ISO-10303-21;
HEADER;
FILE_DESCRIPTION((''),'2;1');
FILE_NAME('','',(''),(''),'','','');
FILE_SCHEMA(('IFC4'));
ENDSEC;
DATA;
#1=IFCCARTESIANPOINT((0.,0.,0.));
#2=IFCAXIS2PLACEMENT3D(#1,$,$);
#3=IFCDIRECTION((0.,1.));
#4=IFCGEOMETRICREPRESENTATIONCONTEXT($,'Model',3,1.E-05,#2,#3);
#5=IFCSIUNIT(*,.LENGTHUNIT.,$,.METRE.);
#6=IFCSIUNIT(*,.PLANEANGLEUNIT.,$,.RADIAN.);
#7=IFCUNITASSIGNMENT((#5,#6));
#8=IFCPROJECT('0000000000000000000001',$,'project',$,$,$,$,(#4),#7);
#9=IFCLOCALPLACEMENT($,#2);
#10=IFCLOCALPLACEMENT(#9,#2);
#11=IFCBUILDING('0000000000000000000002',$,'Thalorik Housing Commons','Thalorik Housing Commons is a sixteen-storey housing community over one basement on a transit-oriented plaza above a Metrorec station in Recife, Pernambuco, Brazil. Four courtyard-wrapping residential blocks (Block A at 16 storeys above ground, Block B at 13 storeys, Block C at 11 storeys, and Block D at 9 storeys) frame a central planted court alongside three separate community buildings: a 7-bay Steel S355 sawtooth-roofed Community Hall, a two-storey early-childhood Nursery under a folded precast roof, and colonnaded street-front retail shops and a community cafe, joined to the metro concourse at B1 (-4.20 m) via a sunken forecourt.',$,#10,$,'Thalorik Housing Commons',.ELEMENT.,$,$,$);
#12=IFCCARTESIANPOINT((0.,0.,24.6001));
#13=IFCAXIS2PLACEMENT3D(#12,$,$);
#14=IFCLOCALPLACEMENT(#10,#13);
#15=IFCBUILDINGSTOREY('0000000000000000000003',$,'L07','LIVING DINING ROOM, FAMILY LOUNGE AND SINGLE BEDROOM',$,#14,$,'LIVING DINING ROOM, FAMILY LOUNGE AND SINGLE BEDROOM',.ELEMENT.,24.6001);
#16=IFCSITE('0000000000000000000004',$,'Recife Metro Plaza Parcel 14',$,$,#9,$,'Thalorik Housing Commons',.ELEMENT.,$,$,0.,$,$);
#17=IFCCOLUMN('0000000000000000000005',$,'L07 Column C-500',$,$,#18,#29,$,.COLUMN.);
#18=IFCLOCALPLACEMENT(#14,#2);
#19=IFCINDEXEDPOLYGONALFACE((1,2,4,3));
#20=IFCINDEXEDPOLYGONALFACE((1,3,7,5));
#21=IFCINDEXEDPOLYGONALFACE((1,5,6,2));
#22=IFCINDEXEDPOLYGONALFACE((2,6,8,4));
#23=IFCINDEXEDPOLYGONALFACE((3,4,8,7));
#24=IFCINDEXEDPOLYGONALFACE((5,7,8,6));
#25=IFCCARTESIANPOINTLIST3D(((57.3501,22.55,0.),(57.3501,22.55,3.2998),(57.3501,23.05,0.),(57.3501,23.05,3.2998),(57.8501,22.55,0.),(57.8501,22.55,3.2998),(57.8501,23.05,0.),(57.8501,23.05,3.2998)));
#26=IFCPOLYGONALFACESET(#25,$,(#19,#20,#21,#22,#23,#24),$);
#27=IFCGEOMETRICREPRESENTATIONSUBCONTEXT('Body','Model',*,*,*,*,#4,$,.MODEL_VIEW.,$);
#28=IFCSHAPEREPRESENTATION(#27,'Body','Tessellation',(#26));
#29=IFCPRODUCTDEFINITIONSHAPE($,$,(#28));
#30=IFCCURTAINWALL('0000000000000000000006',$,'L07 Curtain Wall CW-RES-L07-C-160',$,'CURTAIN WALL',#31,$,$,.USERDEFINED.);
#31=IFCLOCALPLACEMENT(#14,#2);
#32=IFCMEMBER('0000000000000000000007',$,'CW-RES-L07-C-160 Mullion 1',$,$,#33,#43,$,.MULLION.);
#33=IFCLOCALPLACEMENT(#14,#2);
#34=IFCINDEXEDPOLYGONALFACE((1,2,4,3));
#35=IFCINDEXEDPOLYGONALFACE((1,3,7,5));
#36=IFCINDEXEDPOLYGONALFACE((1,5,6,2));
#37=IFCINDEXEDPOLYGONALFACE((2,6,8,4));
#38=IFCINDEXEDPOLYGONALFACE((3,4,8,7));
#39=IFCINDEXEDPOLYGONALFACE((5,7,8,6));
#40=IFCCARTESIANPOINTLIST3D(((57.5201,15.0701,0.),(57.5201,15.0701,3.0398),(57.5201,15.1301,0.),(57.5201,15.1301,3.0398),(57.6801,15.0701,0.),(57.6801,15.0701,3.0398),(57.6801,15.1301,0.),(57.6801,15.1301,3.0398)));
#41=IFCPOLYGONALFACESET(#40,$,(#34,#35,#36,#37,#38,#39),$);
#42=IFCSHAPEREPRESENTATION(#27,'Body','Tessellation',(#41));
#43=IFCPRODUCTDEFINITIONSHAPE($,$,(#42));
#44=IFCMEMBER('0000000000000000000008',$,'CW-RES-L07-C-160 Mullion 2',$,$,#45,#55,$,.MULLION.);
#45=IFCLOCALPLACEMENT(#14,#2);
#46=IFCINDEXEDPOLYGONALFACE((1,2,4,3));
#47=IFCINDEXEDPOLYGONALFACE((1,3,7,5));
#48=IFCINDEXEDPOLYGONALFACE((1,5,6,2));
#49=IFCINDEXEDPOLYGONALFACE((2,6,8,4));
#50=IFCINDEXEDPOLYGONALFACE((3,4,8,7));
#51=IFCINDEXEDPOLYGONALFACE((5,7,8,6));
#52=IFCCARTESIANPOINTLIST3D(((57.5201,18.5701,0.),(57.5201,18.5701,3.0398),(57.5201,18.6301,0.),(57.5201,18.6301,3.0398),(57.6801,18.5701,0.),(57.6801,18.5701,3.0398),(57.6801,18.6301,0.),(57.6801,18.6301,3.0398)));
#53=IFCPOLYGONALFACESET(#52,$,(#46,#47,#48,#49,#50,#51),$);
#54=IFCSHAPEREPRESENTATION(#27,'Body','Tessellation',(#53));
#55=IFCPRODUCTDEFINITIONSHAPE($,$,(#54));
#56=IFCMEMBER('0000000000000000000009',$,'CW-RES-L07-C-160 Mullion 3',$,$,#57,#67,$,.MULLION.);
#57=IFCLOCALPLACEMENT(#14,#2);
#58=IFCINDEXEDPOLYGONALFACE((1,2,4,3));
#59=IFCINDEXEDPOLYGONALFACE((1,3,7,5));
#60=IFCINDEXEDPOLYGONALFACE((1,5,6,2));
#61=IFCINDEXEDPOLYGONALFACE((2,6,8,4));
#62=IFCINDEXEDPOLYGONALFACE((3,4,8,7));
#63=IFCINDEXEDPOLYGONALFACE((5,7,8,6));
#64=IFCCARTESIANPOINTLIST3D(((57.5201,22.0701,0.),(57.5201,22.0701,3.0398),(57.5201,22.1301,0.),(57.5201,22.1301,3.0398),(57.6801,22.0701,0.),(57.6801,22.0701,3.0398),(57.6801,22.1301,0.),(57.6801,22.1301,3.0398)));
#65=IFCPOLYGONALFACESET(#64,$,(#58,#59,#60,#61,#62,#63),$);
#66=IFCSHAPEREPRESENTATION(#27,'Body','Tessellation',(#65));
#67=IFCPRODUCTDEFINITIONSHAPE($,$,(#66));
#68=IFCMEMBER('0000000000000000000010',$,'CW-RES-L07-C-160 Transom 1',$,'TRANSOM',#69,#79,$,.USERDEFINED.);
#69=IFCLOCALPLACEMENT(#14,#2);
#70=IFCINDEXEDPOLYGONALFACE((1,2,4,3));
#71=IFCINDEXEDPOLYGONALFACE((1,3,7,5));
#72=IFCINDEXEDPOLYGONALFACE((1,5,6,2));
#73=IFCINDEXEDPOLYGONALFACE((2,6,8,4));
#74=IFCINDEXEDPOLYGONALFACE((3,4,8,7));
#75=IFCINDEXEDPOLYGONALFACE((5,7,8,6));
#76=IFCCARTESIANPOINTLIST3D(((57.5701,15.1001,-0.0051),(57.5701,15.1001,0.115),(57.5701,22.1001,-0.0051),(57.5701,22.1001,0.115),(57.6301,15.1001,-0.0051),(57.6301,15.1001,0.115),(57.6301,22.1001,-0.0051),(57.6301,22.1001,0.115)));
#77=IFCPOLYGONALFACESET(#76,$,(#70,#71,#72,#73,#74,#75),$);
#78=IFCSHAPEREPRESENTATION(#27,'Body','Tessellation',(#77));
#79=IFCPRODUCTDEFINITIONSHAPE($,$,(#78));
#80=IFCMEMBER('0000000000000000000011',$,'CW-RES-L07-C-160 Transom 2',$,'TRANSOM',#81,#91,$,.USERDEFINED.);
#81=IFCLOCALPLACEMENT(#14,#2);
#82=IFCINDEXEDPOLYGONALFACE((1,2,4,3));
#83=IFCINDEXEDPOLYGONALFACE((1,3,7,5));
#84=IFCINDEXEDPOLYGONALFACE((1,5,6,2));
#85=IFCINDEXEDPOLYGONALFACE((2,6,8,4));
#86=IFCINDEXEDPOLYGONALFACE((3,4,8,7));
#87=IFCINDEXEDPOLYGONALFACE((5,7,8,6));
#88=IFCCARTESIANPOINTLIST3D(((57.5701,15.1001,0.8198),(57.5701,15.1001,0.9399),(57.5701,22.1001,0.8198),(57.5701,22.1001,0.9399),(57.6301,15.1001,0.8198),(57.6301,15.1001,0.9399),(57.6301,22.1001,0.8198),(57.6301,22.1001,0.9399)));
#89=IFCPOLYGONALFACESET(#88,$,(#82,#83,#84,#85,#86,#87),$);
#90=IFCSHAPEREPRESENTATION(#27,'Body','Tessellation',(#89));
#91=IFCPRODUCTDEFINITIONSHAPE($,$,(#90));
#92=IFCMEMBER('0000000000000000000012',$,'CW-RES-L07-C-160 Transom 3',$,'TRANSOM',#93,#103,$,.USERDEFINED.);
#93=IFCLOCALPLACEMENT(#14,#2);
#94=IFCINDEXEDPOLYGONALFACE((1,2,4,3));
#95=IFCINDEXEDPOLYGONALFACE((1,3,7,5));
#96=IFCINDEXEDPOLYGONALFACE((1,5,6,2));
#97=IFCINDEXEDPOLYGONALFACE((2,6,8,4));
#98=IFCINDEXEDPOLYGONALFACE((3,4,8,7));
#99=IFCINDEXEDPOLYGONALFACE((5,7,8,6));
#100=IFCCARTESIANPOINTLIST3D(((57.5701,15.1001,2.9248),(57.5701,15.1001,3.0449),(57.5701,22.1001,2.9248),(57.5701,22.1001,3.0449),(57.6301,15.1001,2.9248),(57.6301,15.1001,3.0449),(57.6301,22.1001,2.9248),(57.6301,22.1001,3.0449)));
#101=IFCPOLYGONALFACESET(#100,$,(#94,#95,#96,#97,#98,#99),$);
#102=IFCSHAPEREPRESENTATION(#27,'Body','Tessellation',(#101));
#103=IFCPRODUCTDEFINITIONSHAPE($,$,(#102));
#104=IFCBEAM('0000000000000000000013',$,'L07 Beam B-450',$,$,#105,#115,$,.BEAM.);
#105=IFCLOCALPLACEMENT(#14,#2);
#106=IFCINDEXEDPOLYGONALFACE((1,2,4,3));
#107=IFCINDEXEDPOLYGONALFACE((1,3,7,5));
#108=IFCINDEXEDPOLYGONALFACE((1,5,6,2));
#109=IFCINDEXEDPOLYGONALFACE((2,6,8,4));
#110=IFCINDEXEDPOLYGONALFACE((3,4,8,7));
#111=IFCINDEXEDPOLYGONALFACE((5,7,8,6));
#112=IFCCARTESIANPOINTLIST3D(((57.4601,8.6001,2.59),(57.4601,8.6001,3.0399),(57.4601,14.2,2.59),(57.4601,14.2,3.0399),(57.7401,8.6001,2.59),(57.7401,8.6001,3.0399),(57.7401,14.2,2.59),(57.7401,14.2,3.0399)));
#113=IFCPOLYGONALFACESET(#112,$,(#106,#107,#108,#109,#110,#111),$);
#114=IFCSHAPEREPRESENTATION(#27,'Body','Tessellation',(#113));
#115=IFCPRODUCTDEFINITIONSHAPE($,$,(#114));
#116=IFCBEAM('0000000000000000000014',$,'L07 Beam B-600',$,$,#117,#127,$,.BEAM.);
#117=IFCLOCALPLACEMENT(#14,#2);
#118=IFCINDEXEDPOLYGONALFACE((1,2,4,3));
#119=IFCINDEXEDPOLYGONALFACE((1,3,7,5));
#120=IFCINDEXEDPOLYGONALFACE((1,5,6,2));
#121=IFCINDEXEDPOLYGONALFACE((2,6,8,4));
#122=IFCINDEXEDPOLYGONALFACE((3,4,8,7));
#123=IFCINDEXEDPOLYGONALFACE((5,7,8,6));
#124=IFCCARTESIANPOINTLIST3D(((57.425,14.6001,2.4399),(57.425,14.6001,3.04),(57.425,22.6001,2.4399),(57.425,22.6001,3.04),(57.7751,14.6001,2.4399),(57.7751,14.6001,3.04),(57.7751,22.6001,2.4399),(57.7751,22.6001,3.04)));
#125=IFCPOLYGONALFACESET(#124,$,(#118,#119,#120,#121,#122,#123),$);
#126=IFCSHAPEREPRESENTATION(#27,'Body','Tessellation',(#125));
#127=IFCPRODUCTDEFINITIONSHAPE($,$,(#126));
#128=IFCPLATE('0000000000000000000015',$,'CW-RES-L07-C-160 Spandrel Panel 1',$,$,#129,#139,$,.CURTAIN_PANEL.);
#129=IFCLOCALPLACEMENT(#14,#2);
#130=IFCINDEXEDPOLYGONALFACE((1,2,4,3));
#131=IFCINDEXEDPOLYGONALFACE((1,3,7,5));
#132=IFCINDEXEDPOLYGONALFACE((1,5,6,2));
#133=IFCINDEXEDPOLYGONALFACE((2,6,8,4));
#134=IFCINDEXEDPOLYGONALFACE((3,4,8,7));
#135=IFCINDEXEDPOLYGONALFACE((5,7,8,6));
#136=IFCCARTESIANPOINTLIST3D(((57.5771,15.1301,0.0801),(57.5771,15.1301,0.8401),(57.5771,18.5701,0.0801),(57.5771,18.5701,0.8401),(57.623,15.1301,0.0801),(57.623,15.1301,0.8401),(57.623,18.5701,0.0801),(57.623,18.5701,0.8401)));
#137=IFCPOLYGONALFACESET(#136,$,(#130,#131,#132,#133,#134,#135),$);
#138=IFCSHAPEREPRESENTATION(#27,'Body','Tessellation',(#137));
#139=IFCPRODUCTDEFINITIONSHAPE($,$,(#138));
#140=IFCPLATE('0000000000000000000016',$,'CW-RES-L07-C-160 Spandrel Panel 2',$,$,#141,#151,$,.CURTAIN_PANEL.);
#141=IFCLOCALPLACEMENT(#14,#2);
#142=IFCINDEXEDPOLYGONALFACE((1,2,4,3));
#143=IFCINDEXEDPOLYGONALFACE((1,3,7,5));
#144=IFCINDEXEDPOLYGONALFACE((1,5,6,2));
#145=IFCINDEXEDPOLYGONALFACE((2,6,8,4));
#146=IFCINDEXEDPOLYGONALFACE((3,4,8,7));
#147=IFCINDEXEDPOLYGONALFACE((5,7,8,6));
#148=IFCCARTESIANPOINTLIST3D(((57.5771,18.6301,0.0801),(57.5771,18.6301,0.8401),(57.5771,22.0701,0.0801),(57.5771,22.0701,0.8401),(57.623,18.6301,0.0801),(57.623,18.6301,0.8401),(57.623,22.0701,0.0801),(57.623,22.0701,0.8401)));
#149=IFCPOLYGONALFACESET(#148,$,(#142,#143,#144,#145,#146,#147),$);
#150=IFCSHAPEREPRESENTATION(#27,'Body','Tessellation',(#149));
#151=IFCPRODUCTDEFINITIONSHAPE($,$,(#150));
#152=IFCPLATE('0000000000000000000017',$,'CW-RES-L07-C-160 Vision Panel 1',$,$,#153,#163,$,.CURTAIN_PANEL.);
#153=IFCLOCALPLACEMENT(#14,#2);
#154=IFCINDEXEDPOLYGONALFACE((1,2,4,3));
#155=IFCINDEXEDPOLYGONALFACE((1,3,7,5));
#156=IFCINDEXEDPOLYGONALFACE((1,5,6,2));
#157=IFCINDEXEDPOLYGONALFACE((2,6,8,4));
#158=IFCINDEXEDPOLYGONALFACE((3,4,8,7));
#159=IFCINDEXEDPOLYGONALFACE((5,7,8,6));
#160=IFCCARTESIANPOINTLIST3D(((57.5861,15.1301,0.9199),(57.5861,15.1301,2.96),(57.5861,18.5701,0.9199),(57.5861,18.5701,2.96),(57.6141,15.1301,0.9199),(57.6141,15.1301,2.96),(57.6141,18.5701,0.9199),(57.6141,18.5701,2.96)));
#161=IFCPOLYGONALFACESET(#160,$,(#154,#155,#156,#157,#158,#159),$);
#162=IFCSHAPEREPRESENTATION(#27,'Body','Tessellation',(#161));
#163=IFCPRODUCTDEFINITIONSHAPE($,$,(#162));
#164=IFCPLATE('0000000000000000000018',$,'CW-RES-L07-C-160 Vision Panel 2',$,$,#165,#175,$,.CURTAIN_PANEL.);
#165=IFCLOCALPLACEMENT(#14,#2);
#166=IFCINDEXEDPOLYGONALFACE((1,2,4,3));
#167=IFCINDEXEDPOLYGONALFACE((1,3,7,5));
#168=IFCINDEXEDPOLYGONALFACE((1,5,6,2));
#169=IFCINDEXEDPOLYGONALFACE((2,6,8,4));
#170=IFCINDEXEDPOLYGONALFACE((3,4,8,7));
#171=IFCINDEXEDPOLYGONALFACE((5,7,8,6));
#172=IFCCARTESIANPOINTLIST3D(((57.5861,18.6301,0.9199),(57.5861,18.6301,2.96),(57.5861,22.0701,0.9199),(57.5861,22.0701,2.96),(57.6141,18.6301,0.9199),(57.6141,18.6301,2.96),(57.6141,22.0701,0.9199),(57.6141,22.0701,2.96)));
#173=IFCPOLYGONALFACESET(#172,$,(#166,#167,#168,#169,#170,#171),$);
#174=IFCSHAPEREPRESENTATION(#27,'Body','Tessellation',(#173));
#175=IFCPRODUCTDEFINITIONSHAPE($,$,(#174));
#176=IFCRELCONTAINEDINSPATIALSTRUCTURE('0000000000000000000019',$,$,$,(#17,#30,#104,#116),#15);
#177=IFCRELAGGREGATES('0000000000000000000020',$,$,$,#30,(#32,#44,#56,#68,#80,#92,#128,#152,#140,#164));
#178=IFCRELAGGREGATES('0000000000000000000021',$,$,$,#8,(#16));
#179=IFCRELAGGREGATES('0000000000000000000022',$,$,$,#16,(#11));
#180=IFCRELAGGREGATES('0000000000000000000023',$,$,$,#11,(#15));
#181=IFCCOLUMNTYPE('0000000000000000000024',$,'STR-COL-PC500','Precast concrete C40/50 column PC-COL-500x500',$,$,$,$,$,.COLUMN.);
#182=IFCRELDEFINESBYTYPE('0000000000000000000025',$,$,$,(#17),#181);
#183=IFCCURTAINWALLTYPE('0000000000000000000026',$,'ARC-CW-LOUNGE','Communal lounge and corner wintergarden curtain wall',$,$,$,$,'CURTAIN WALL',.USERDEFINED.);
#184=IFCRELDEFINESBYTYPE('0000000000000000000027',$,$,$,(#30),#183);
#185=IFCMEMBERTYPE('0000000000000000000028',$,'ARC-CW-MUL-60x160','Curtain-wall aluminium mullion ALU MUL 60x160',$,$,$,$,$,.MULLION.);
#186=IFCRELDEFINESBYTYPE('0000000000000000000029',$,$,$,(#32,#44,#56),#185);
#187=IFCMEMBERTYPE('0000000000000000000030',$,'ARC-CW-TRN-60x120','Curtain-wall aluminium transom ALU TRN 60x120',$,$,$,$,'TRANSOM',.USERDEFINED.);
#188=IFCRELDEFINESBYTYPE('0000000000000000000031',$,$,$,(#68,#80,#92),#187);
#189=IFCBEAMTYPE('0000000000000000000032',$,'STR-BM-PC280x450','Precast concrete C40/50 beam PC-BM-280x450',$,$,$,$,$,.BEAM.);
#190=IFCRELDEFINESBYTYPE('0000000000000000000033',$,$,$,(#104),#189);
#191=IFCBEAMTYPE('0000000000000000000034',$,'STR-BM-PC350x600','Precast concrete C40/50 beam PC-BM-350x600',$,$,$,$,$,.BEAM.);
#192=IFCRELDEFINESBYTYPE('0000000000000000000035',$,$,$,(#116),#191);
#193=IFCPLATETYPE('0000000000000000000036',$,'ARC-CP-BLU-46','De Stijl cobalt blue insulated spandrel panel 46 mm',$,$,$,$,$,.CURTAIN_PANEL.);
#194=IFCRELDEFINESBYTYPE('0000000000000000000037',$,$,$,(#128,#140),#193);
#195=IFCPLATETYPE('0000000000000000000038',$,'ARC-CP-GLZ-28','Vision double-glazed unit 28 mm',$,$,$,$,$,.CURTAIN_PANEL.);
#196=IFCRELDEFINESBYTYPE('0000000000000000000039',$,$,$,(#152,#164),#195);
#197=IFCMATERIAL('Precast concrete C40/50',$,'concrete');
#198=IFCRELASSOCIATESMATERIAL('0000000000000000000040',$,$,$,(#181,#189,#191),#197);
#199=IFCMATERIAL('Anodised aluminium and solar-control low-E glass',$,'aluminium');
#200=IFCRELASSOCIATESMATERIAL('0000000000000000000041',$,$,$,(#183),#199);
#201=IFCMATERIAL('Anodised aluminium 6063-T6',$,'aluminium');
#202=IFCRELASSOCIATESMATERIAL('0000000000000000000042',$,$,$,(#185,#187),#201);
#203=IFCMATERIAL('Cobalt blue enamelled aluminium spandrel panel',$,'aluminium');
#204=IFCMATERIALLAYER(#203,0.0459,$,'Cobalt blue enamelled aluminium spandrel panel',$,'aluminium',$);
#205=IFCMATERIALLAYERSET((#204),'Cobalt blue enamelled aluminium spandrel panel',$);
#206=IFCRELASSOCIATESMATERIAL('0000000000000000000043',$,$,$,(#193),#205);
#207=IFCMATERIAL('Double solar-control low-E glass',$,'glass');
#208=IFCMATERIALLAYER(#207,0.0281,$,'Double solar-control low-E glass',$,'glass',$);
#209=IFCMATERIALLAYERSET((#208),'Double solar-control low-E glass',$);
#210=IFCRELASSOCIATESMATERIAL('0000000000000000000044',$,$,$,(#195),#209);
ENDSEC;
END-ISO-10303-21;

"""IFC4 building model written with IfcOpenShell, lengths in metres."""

from ifc_helpers import new_model, si_unit, direction, frame, origin, origin_2d, place, context, subcontext, project, spatial, rectangle, extrude, material, layer, layer_set, material_profile, profile_set, type_object, element, aggregate, save


model = new_model("IFC4")

# Units and contexts
model_context = context("Model", 3, precision=1e-05, world=origin(), true_north=direction((0.0, 1.0)))
body_context = subcontext(model_context, "Body", "Model", "MODEL_VIEW")
ifc_project = project(units=[si_unit("LENGTHUNIT", "METRE"), si_unit("PLANEANGLEUNIT", "RADIAN")], contexts=[model_context])

# Site, building, storey
site_placement = place(None, origin())
site = spatial("IfcSite", under=ifc_project, at=site_placement, Name="Recife Metro Plaza Parcel 14", LongName="Thalorik Housing Commons", CompositionType="ELEMENT", RefElevation=0.0)
building_placement = place(site_placement, origin())
building = spatial("IfcBuilding", under=site, at=building_placement, Name="Thalorik Housing Commons", Description="Thalorik Housing Commons is a sixteen-storey housing community over one basement on a transit-oriented plaza above a Metrorec station in Recife, Pernambuco, Brazil. Four courtyard-wrapping residential blocks (Block A at 16 storeys above ground, Block B at 13 storeys, Block C at 11 storeys, and Block D at 9 storeys) frame a central planted court alongside three separate community buildings: a 7-bay Steel S355 sawtooth-roofed Community Hall, a two-storey early-childhood Nursery under a folded precast roof, and colonnaded street-front retail shops and a community cafe, joined to the metro concourse at B1 (-4.20 m) via a sunken forecourt.", LongName="Thalorik Housing Commons", CompositionType="ELEMENT")
storey_placement = place(building_placement, frame((0.0, 0.0, 24.6001)))
storey = spatial("IfcBuildingStorey", under=building, at=storey_placement, Name="L07", Description="LIVING DINING ROOM, FAMILY LOUNGE AND SINGLE BEDROOM", LongName="LIVING DINING ROOM, FAMILY LOUNGE AND SINGLE BEDROOM", CompositionType="ELEMENT", Elevation=24.6001)

# Column
ifc_material_1 = material(Name="Precast concrete C40/50", Category="concrete")
ifc_material_profile_1 = material_profile(ifc_material_1, rectangle(XDim=0.5, YDim=0.5, at=origin_2d()), Name="PC 500x500", Category="concrete")
ifc_profile_set_1 = profile_set([ifc_material_profile_1], Name="Precast concrete C40/50")
column_type = type_object("IfcColumnType", Name="STR-COL-PC500", Description="Precast concrete C40/50 column PC-COL-500x500", PredefinedType="COLUMN", material=ifc_profile_set_1)
column_placement = place(storey_placement, frame((57.6001, 22.8, 0.0), z_axis=(0.0, 0.0, 1.0), x_axis=(1.0, 0.0, 0.0)))
element("IfcColumn", 1, at=column_placement, inside=storey, type_object=column_type, Name="L07 Column C-500", PredefinedType="COLUMN", context=body_context, shape_type="SweptSolid", body=[
    extrude(rectangle(XDim=0.5, YDim=0.5, at=origin_2d()), origin(), (0.0, 0.0, 1.0), 3.2998),
])

# Curtain wall, members
ifc_material_2 = material(Name="Anodised aluminium and solar-control low-E glass", Category="aluminium")
curtain_wall_type = type_object("IfcCurtainWallType", Name="ARC-CW-LOUNGE", Description="Communal lounge and corner wintergarden curtain wall", ElementType="CURTAIN WALL", PredefinedType="USERDEFINED", material=ifc_material_2)
curtain_wall_placement = place(storey_placement, origin())
curtain_wall = element("IfcCurtainWall", 2, at=curtain_wall_placement, inside=storey, type_object=curtain_wall_type, Name="L07 Curtain Wall CW-RES-L07-C-160", ObjectType="CURTAIN WALL", PredefinedType="USERDEFINED")
ifc_material_3 = material(Name="Anodised aluminium 6063-T6", Category="aluminium")
ifc_material_profile_2 = material_profile(ifc_material_3, rectangle(XDim=0.0601, YDim=0.1599, at=origin_2d()), Name="ALU MUL 60x160", Category="aluminium")
ifc_profile_set_2 = profile_set([ifc_material_profile_2], Name="Anodised aluminium 6063-T6")
member_type_1 = type_object("IfcMemberType", Name="ARC-CW-MUL-60x160", Description="Curtain-wall aluminium mullion ALU MUL 60x160", PredefinedType="MULLION", material=ifc_profile_set_2)
member_1_placement = place(storey_placement, frame((57.6001, 15.1001, 0.0), z_axis=(0.0, 0.0, 1.0), x_axis=(0.0, 1.0, 0.0)))
member_1 = element("IfcMember", 3, at=member_1_placement, type_object=member_type_1, Name="CW-RES-L07-C-160 Mullion 1", PredefinedType="MULLION", context=body_context, shape_type="SweptSolid", body=[
    extrude(rectangle(XDim=0.0601, YDim=0.1599, at=origin_2d()), origin(), (0.0, 0.0, 1.0), 3.0398),
])
member_2_placement = place(storey_placement, frame((57.6001, 18.6001, 0.0), z_axis=(0.0, 0.0, 1.0), x_axis=(0.0, 1.0, 0.0)))
member_2 = element("IfcMember", 4, at=member_2_placement, type_object=member_type_1, Name="CW-RES-L07-C-160 Mullion 2", PredefinedType="MULLION", context=body_context, shape_type="SweptSolid", body=[
    extrude(rectangle(XDim=0.0601, YDim=0.1599, at=origin_2d()), origin(), (0.0, 0.0, 1.0), 3.0398),
])
member_3_placement = place(storey_placement, frame((57.6001, 22.1001, 0.0), z_axis=(0.0, 0.0, 1.0), x_axis=(0.0, 1.0, 0.0)))
member_3 = element("IfcMember", 5, at=member_3_placement, type_object=member_type_1, Name="CW-RES-L07-C-160 Mullion 3", PredefinedType="MULLION", context=body_context, shape_type="SweptSolid", body=[
    extrude(rectangle(XDim=0.0601, YDim=0.1599, at=origin_2d()), origin(), (0.0, 0.0, 1.0), 3.0398),
])
ifc_material_profile_3 = material_profile(ifc_material_3, rectangle(XDim=0.0601, YDim=0.1201, at=origin_2d()), Name="ALU TRN 60x120", Category="aluminium")
ifc_profile_set_3 = profile_set([ifc_material_profile_3], Name="Anodised aluminium 6063-T6")
member_type_2 = type_object("IfcMemberType", Name="ARC-CW-TRN-60x120", Description="Curtain-wall aluminium transom ALU TRN 60x120", ElementType="TRANSOM", PredefinedType="USERDEFINED", material=ifc_profile_set_3)
member_4_placement = place(storey_placement, frame((57.6001, 15.1001, 0.0549), z_axis=(0.0, 1.0, 0.0), x_axis=(-1.0, 0.0, 0.0)))
member_4 = element("IfcMember", 6, at=member_4_placement, type_object=member_type_2, Name="CW-RES-L07-C-160 Transom 1", ObjectType="TRANSOM", PredefinedType="USERDEFINED", context=body_context, shape_type="SweptSolid", body=[
    extrude(rectangle(XDim=0.0601, YDim=0.1201, at=origin_2d()), origin(), (0.0, 0.0, 1.0), 7.0),
])
member_5_placement = place(storey_placement, frame((57.6001, 15.1001, 0.8799), z_axis=(0.0, 1.0, 0.0), x_axis=(-1.0, 0.0, 0.0)))
member_5 = element("IfcMember", 7, at=member_5_placement, type_object=member_type_2, Name="CW-RES-L07-C-160 Transom 2", ObjectType="TRANSOM", PredefinedType="USERDEFINED", context=body_context, shape_type="SweptSolid", body=[
    extrude(rectangle(XDim=0.0601, YDim=0.1201, at=origin_2d()), origin(), (0.0, 0.0, 1.0), 7.0),
])
member_6_placement = place(storey_placement, frame((57.6001, 15.1001, 2.9849), z_axis=(0.0, 1.0, 0.0), x_axis=(-1.0, 0.0, 0.0)))
member_6 = element("IfcMember", 8, at=member_6_placement, type_object=member_type_2, Name="CW-RES-L07-C-160 Transom 3", ObjectType="TRANSOM", PredefinedType="USERDEFINED", context=body_context, shape_type="SweptSolid", body=[
    extrude(rectangle(XDim=0.0601, YDim=0.1201, at=origin_2d()), origin(), (0.0, 0.0, 1.0), 7.0),
])

# Beams
ifc_material_profile_4 = material_profile(ifc_material_1, rectangle(XDim=0.28, YDim=0.45, at=origin_2d()), Name="PC 280x450", Category="concrete")
ifc_profile_set_4 = profile_set([ifc_material_profile_4], Name="Precast concrete C40/50")
beam_type_1 = type_object("IfcBeamType", Name="STR-BM-PC280x450", Description="Precast concrete C40/50 beam PC-BM-280x450", PredefinedType="BEAM", material=ifc_profile_set_4)
beam_1_placement = place(storey_placement, frame((57.6001, 8.6001, 2.8149), z_axis=(0.0, 1.0, 0.0), x_axis=(-1.0, 0.0, 0.0)))
element("IfcBeam", 9, at=beam_1_placement, inside=storey, type_object=beam_type_1, Name="L07 Beam B-450", PredefinedType="BEAM", context=body_context, shape_type="SweptSolid", body=[
    extrude(rectangle(XDim=0.28, YDim=0.45, at=origin_2d()), origin(), (0.0, 0.0, 1.0), 5.5999),
])
ifc_material_profile_5 = material_profile(ifc_material_1, rectangle(XDim=0.3501, YDim=0.6001, at=origin_2d()), Name="PC 350x600", Category="concrete")
ifc_profile_set_5 = profile_set([ifc_material_profile_5], Name="Precast concrete C40/50")
beam_type_2 = type_object("IfcBeamType", Name="STR-BM-PC350x600", Description="Precast concrete C40/50 beam PC-BM-350x600", PredefinedType="BEAM", material=ifc_profile_set_5)
beam_2_placement = place(storey_placement, frame((57.6001, 14.6001, 2.74), z_axis=(0.0, 1.0, 0.0), x_axis=(-1.0, 0.0, 0.0)))
element("IfcBeam", 10, at=beam_2_placement, inside=storey, type_object=beam_type_2, Name="L07 Beam B-600", PredefinedType="BEAM", context=body_context, shape_type="SweptSolid", body=[
    extrude(rectangle(XDim=0.3501, YDim=0.6001, at=origin_2d()), origin(), (0.0, 0.0, 1.0), 8.0),
])

# Plates
ifc_material_4 = material(Name="Cobalt blue enamelled aluminium spandrel panel", Category="aluminium")
ifc_layer_1 = layer(ifc_material_4, 0.0459, Name="Cobalt blue enamelled aluminium spandrel panel", Category="aluminium")
ifc_layer_set_1 = layer_set([ifc_layer_1], Name="Cobalt blue enamelled aluminium spandrel panel")
plate_type_1 = type_object("IfcPlateType", Name="ARC-CP-BLU-46", Description="De Stijl cobalt blue insulated spandrel panel 46 mm", PredefinedType="CURTAIN_PANEL", material=ifc_layer_set_1)
plate_1_placement = place(storey_placement, frame((57.6001, 16.8501, 0.0801), z_axis=(0.0, 0.0, 1.0), x_axis=(0.0, 1.0, 0.0)))
plate_1 = element("IfcPlate", 11, at=plate_1_placement, type_object=plate_type_1, Name="CW-RES-L07-C-160 Spandrel Panel 1", PredefinedType="CURTAIN_PANEL", context=body_context, shape_type="SweptSolid", body=[
    extrude(rectangle(XDim=3.4399, YDim=0.0459, at=origin_2d()), origin(), (0.0, 0.0, 1.0), 0.76),
])
plate_2_placement = place(storey_placement, frame((57.6001, 20.3501, 0.0801), z_axis=(0.0, 0.0, 1.0), x_axis=(0.0, 1.0, 0.0)))
plate_2 = element("IfcPlate", 12, at=plate_2_placement, type_object=plate_type_1, Name="CW-RES-L07-C-160 Spandrel Panel 2", PredefinedType="CURTAIN_PANEL", context=body_context, shape_type="SweptSolid", body=[
    extrude(rectangle(XDim=3.4399, YDim=0.0459, at=origin_2d()), origin(), (0.0, 0.0, 1.0), 0.76),
])
ifc_material_5 = material(Name="Double solar-control low-E glass", Category="glass")
ifc_layer_2 = layer(ifc_material_5, 0.0281, Name="Double solar-control low-E glass", Category="glass")
ifc_layer_set_2 = layer_set([ifc_layer_2], Name="Double solar-control low-E glass")
plate_type_2 = type_object("IfcPlateType", Name="ARC-CP-GLZ-28", Description="Vision double-glazed unit 28 mm", PredefinedType="CURTAIN_PANEL", material=ifc_layer_set_2)
plate_3_placement = place(storey_placement, frame((57.6001, 16.8501, 0.9199), z_axis=(0.0, 0.0, 1.0), x_axis=(0.0, 1.0, 0.0)))
plate_3 = element("IfcPlate", 13, at=plate_3_placement, type_object=plate_type_2, Name="CW-RES-L07-C-160 Vision Panel 1", PredefinedType="CURTAIN_PANEL", context=body_context, shape_type="SweptSolid", body=[
    extrude(rectangle(XDim=3.4399, YDim=0.0281, at=origin_2d()), origin(), (0.0, 0.0, 1.0), 2.04),
])
plate_4_placement = place(storey_placement, frame((57.6001, 20.3501, 0.9199), z_axis=(0.0, 0.0, 1.0), x_axis=(0.0, 1.0, 0.0)))
plate_4 = element("IfcPlate", 14, at=plate_4_placement, type_object=plate_type_2, Name="CW-RES-L07-C-160 Vision Panel 2", PredefinedType="CURTAIN_PANEL", context=body_context, shape_type="SweptSolid", body=[
    extrude(rectangle(XDim=3.4399, YDim=0.0281, at=origin_2d()), origin(), (0.0, 0.0, 1.0), 2.04),
])
aggregate(curtain_wall, [member_1, member_2, member_3, member_4, member_5, member_6, plate_1, plate_3, plate_2, plate_4])

save(model, "model.ifc")
